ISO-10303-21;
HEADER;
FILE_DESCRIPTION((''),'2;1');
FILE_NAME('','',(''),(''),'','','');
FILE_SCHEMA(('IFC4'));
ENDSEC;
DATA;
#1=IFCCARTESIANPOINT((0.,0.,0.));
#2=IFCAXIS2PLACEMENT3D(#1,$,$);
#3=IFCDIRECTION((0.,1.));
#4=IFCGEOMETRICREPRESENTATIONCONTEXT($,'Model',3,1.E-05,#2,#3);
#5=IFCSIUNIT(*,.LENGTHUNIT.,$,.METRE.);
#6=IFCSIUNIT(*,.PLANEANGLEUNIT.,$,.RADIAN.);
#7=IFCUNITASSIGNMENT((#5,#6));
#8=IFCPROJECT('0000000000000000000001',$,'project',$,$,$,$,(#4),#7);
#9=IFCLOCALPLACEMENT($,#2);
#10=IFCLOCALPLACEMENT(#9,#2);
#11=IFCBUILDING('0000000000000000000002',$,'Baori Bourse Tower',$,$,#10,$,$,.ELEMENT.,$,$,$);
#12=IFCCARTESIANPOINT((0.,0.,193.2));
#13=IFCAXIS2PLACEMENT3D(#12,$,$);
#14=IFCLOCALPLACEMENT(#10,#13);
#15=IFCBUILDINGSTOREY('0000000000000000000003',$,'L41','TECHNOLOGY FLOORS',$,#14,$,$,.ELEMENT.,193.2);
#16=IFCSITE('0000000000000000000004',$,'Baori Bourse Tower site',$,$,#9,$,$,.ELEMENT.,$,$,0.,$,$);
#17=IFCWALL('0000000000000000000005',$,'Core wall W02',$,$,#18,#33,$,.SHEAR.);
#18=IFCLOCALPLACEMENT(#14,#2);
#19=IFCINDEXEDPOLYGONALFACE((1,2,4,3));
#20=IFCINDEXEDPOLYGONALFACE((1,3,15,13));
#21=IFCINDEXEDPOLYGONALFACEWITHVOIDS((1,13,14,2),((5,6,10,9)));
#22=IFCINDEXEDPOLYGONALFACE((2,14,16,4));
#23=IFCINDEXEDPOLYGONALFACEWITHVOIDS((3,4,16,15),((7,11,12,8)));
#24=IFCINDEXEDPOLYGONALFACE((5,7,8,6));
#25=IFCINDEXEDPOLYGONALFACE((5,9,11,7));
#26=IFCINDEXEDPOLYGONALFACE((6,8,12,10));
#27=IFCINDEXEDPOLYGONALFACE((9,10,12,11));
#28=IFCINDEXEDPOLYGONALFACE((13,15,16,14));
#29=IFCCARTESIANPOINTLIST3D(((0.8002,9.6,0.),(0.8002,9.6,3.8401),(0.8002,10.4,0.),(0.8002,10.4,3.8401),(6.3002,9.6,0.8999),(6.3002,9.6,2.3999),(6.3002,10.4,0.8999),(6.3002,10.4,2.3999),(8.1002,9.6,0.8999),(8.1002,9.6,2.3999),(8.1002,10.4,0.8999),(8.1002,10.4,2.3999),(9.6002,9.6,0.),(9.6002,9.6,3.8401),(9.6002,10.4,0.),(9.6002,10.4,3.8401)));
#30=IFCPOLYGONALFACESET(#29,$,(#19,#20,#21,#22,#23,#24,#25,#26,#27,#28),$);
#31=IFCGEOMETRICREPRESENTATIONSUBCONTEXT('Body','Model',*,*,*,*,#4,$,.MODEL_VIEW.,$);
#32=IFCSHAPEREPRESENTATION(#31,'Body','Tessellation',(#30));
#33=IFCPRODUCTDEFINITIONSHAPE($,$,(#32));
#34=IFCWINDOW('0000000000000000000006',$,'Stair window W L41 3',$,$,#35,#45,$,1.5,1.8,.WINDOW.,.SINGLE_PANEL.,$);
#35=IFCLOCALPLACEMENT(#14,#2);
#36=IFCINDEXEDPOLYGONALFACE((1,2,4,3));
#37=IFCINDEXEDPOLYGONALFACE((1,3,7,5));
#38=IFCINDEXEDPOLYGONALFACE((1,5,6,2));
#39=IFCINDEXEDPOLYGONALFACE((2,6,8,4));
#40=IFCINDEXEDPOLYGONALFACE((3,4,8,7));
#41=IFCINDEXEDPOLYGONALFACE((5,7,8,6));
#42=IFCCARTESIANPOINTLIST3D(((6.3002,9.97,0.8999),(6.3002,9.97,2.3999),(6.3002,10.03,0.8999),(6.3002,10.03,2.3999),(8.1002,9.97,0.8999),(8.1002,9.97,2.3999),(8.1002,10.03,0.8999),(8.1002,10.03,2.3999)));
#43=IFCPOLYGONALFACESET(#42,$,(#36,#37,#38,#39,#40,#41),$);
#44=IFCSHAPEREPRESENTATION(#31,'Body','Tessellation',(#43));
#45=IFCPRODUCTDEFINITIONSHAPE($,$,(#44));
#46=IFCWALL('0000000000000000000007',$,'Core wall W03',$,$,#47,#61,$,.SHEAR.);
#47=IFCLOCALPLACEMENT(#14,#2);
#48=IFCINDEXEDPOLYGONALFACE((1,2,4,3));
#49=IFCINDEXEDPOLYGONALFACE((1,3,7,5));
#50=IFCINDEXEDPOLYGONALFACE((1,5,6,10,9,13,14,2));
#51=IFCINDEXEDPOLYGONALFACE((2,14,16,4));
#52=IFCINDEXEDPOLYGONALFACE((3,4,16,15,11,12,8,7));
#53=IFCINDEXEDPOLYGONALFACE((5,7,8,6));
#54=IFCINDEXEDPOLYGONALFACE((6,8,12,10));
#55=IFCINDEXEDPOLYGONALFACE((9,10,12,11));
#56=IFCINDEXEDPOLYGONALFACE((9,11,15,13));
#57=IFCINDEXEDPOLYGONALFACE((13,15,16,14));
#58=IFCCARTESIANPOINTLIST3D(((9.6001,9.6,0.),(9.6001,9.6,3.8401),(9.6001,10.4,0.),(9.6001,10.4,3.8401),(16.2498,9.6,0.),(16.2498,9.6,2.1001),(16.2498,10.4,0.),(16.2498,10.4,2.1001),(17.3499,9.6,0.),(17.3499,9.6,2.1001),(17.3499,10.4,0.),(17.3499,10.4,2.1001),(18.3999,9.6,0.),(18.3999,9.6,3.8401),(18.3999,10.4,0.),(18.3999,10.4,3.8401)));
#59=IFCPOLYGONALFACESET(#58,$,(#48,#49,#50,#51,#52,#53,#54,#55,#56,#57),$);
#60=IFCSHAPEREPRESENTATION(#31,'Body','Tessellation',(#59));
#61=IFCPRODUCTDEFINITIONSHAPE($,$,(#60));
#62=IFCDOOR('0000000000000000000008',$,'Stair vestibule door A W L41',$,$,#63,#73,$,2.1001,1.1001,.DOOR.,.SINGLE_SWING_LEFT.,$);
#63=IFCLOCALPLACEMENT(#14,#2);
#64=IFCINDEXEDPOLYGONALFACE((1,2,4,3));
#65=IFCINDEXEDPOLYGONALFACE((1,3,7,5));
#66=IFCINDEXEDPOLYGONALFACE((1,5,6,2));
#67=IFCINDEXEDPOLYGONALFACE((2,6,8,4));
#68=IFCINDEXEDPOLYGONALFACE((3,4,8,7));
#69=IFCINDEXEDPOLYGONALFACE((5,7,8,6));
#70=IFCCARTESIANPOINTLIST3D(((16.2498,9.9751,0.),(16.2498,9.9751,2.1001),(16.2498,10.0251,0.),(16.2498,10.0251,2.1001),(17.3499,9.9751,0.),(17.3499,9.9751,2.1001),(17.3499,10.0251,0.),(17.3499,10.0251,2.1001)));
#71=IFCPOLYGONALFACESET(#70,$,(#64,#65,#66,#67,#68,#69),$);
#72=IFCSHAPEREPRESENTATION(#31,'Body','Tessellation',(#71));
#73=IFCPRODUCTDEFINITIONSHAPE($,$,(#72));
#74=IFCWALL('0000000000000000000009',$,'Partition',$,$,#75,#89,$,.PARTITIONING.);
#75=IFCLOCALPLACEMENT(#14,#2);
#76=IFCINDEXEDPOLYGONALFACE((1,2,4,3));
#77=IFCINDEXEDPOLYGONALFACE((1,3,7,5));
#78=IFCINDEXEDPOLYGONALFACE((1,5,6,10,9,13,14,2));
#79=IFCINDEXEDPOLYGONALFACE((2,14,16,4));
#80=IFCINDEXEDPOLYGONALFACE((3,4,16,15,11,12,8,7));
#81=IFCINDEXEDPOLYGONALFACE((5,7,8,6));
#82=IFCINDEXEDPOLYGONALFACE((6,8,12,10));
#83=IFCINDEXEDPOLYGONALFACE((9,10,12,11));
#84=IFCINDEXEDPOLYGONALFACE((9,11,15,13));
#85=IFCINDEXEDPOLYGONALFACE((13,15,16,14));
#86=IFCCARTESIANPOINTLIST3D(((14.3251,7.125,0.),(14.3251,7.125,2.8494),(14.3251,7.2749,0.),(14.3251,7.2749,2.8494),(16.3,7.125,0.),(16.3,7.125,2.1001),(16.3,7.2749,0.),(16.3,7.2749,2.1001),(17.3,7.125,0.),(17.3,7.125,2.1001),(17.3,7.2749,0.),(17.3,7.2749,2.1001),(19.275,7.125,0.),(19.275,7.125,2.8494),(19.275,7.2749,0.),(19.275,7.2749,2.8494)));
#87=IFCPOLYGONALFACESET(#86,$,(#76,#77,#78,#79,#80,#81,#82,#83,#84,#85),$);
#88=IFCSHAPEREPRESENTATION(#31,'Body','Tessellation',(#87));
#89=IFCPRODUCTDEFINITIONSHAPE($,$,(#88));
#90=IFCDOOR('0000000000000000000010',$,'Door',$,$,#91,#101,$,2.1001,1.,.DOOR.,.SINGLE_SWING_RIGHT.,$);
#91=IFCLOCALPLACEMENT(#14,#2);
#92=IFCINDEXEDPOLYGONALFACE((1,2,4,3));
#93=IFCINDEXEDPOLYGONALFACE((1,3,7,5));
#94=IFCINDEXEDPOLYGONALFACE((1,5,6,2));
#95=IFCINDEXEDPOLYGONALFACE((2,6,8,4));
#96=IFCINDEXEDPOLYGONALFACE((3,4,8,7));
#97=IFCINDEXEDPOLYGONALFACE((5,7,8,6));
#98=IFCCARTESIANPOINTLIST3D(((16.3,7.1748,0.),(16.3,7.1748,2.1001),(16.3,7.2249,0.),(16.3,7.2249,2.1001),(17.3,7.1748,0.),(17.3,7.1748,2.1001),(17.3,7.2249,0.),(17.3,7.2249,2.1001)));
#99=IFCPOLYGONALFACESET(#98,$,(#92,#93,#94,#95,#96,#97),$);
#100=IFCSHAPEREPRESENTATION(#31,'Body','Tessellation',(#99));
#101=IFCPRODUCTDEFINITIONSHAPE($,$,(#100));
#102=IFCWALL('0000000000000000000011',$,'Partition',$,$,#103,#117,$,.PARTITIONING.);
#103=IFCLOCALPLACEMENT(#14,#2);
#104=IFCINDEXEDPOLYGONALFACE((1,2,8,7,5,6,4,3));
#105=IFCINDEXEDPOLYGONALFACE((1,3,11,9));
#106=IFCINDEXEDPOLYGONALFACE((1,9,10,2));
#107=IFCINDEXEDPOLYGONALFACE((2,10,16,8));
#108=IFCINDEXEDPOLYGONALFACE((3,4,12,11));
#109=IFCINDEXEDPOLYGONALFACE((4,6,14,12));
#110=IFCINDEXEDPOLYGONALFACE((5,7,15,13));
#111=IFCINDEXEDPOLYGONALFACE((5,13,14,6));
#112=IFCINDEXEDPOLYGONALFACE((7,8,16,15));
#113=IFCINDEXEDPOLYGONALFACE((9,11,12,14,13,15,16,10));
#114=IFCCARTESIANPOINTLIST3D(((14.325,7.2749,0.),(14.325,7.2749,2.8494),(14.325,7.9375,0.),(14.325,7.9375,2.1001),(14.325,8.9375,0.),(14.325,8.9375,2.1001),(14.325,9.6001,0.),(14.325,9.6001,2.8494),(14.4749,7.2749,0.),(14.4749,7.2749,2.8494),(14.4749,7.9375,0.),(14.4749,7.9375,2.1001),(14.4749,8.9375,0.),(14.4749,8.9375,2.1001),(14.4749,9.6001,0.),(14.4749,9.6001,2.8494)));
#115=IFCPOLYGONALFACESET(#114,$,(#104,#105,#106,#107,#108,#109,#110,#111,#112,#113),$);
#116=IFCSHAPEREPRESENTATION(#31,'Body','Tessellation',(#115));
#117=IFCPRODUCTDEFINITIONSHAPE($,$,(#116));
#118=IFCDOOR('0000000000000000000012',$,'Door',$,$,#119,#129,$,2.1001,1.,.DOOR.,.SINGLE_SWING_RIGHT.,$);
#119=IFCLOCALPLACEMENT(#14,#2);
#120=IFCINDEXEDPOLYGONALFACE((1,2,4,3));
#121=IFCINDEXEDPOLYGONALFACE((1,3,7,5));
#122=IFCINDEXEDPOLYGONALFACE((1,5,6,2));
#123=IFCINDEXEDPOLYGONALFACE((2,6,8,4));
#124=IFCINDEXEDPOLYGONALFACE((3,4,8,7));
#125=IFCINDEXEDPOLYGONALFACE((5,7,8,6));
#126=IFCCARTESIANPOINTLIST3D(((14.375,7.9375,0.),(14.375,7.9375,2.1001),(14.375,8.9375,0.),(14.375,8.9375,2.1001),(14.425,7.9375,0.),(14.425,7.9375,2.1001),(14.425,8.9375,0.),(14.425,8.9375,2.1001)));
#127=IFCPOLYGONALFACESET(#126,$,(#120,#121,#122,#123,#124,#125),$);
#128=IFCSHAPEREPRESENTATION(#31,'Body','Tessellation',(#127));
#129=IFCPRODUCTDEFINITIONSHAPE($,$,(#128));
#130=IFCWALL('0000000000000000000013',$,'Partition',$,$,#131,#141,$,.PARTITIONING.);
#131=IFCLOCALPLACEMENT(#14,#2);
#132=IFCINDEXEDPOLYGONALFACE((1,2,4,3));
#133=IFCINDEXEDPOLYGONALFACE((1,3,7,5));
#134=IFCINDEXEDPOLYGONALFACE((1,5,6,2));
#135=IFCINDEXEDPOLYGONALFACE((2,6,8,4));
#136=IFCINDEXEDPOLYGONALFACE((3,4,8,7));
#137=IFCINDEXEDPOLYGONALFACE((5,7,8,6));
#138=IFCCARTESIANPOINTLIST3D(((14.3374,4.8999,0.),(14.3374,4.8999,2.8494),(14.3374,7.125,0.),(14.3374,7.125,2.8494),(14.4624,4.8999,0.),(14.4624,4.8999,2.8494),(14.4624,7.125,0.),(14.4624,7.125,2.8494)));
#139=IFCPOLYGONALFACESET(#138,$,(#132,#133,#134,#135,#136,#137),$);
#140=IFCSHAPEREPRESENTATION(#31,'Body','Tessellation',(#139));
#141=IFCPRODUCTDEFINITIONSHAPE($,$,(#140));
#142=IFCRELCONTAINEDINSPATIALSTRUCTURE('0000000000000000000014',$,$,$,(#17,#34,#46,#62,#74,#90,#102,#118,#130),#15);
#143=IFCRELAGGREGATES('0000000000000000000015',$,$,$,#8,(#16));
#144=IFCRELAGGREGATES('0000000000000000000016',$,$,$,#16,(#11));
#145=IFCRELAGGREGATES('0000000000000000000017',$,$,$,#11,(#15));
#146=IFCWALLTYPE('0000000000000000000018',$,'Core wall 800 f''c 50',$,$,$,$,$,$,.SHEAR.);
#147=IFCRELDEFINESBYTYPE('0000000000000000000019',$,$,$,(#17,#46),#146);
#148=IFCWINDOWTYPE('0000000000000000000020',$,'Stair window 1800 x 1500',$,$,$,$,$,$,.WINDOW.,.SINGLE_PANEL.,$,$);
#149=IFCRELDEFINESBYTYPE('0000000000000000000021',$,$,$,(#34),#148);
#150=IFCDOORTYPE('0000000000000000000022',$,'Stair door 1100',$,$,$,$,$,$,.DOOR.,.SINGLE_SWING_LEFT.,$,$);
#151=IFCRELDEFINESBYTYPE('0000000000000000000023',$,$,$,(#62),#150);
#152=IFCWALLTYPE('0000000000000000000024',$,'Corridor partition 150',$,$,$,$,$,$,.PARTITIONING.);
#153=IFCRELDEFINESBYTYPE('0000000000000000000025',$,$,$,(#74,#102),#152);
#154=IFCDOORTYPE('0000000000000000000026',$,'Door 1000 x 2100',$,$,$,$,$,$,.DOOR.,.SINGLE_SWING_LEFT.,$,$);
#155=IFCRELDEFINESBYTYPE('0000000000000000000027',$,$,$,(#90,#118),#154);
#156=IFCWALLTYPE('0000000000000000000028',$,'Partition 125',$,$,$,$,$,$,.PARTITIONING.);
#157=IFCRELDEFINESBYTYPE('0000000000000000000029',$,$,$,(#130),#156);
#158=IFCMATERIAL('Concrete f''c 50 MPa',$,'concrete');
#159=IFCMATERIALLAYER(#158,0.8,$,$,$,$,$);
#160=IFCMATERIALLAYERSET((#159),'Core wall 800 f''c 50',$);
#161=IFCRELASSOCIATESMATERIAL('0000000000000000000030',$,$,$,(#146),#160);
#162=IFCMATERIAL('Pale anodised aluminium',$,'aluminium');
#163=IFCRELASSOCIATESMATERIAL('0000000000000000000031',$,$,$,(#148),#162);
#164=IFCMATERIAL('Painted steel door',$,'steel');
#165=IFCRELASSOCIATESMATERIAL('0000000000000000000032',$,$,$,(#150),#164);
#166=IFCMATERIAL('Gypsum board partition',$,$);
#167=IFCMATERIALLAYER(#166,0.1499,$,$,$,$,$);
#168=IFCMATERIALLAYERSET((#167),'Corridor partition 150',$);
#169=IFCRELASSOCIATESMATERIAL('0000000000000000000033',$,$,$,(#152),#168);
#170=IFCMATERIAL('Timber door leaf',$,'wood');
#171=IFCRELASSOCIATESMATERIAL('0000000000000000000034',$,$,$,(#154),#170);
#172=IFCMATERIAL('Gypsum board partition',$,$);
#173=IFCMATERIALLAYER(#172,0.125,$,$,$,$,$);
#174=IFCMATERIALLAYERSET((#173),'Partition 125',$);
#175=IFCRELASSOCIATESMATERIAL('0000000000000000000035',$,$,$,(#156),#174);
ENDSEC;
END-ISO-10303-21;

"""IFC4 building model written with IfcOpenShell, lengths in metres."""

from ifc_helpers import new_model, si_unit, direction, frame, frame_2d, origin, place, context, subcontext, project, spatial, rectangle, extrude, material, layer, layer_set, type_object, element, fill, save


model = new_model("IFC4")

# Units and contexts
model_context = context("Model", 3, precision=1e-05, world=origin(), true_north=direction((0.0, 1.0)))
body_context = subcontext(model_context, "Body", "Model", "MODEL_VIEW")
ifc_project = project(units=[si_unit("LENGTHUNIT", "METRE"), si_unit("PLANEANGLEUNIT", "RADIAN")], contexts=[model_context])

# Site, building, storey
site_placement = place(None, origin())
site = spatial("IfcSite", under=ifc_project, at=site_placement, Name="Baori Bourse Tower site", CompositionType="ELEMENT", RefElevation=0.0)
building_placement = place(site_placement, origin())
building = spatial("IfcBuilding", under=site, at=building_placement, Name="Baori Bourse Tower", CompositionType="ELEMENT")
storey_placement = place(building_placement, frame((0.0, 0.0, 193.2)))
storey = spatial("IfcBuildingStorey", under=building, at=storey_placement, Name="L41", Description="TECHNOLOGY FLOORS", CompositionType="ELEMENT", Elevation=193.2)

# Wall, opening, window
ifc_material_1 = material(Name="Concrete f'c 50 MPa", Category="concrete")
ifc_layer_1 = layer(ifc_material_1, 0.8)
ifc_layer_set_1 = layer_set([ifc_layer_1], Name="Core wall 800 f'c 50")
wall_type_1 = type_object("IfcWallType", Name="Core wall 800 f'c 50", PredefinedType="SHEAR", material=ifc_layer_set_1)
wall_1_placement = place(storey_placement, frame((9.6001, 10.0, 0.0), z_axis=(0.0, 0.0, 1.0), x_axis=(-1.0, 0.0, 0.0)))
wall_1 = element("IfcWall", 1, at=wall_1_placement, inside=storey, type_object=wall_type_1, Name="Core wall W02", PredefinedType="SHEAR", context=body_context, shape_type="SweptSolid", body=[
    extrude(rectangle(XDim=8.8, YDim=0.8, at=frame_2d((4.3999, 0.0))), origin(), (0.0, 0.0, 1.0), 3.8401),
])
opening_1_placement = place(wall_1_placement, frame((1.5, 0.0, 0.8999)))
opening_1 = element("IfcOpeningElement", 2, at=opening_1_placement, cuts=wall_1, PredefinedType="OPENING", context=body_context, shape_type="SweptSolid", body=[
    extrude(rectangle(XDim=1.8, YDim=1.5, at=frame_2d((0.8999, 0.75))), frame((0.0, 0.4099, 0.0), z_axis=(0.0, -1.0, 0.0), x_axis=(1.0, 0.0, 0.0)), (0.0, 0.0, 1.0), 0.8201),
])
ifc_material_2 = material(Name="Pale anodised aluminium", Category="aluminium")
window_type = type_object("IfcWindowType", Name="Stair window 1800 x 1500", PartitioningType="SINGLE_PANEL", PredefinedType="WINDOW", material=ifc_material_2)
window_placement = place(opening_1_placement, origin())
window = element("IfcWindow", 3, at=window_placement, inside=storey, type_object=window_type, Name="Stair window W L41 3", OverallHeight=1.5, OverallWidth=1.8, PartitioningType="SINGLE_PANEL", PredefinedType="WINDOW", context=body_context, shape_type="SweptSolid", body=[
    extrude(rectangle(XDim=1.8, YDim=1.5, at=frame_2d((0.8999, 0.75))), frame((0.0, 0.03, 0.0), z_axis=(0.0, -1.0, 0.0), x_axis=(1.0, 0.0, 0.0)), (0.0, 0.0, 1.0), 0.0601),
])
fill(opening_1, window)

# Walls, openings, doors
wall_2_placement = place(storey_placement, frame((18.3999, 10.0, 0.0), z_axis=(0.0, 0.0, 1.0), x_axis=(-1.0, 0.0, 0.0)))
wall_2 = element("IfcWall", 4, at=wall_2_placement, inside=storey, type_object=wall_type_1, Name="Core wall W03", PredefinedType="SHEAR", context=body_context, shape_type="SweptSolid", body=[
    extrude(rectangle(XDim=8.7998, YDim=0.8, at=frame_2d((4.3999, 0.0))), origin(), (0.0, 0.0, 1.0), 3.8401),
])
opening_2_placement = place(wall_2_placement, frame((1.05, 0.0, 0.0)))
opening_2 = element("IfcOpeningElement", 5, at=opening_2_placement, cuts=wall_2, PredefinedType="OPENING", context=body_context, shape_type="SweptSolid", body=[
    extrude(rectangle(XDim=1.1001, YDim=2.1001, at=frame_2d((0.55, 1.05))), frame((0.0, 0.4099, 0.0), z_axis=(0.0, -1.0, 0.0), x_axis=(1.0, 0.0, 0.0)), (0.0, 0.0, 1.0), 0.8201),
])
ifc_material_3 = material(Name="Painted steel door", Category="steel")
door_type_1 = type_object("IfcDoorType", Name="Stair door 1100", OperationType="SINGLE_SWING_LEFT", PredefinedType="DOOR", material=ifc_material_3)
door_1_placement = place(opening_2_placement, origin())
door_1 = element("IfcDoor", 6, at=door_1_placement, inside=storey, type_object=door_type_1, Name="Stair vestibule door A W L41", OperationType="SINGLE_SWING_LEFT", OverallHeight=2.1001, OverallWidth=1.1001, PredefinedType="DOOR", context=body_context, shape_type="SweptSolid", body=[
    extrude(rectangle(XDim=1.1001, YDim=2.1001, at=frame_2d((0.55, 1.05))), frame((0.0, 0.0249, 0.0), z_axis=(0.0, -1.0, 0.0), x_axis=(1.0, 0.0, 0.0)), (0.0, 0.0, 1.0), 0.05),
])
fill(opening_2, door_1)
ifc_material_4 = material(Name="Gypsum board partition")
ifc_layer_2 = layer(ifc_material_4, 0.1499)
ifc_layer_set_2 = layer_set([ifc_layer_2], Name="Corridor partition 150")
wall_type_2 = type_object("IfcWallType", Name="Corridor partition 150", PredefinedType="PARTITIONING", material=ifc_layer_set_2)
wall_3_placement = place(storey_placement, frame((14.325, 7.2, 0.0), z_axis=(0.0, 0.0, 1.0), x_axis=(1.0, 0.0, 0.0)))
wall_3 = element("IfcWall", 7, at=wall_3_placement, inside=storey, type_object=wall_type_2, Name="Partition", PredefinedType="PARTITIONING", context=body_context, shape_type="SweptSolid", body=[
    extrude(rectangle(XDim=4.95, YDim=0.1499, at=frame_2d((2.4751, 0.0))), origin(), (0.0, 0.0, 1.0), 2.8494),
])
opening_3_placement = place(wall_3_placement, frame((1.9751, 0.0, 0.0)))
opening_3 = element("IfcOpeningElement", 8, at=opening_3_placement, cuts=wall_3, PredefinedType="OPENING", context=body_context, shape_type="SweptSolid", body=[
    extrude(rectangle(XDim=1.0, YDim=2.1001, at=frame_2d((0.5, 1.05))), frame((0.0, 0.085, 0.0), z_axis=(0.0, -1.0, 0.0), x_axis=(1.0, 0.0, 0.0)), (0.0, 0.0, 1.0), 0.1699),
])
ifc_material_5 = material(Name="Timber door leaf", Category="wood")
door_type_2 = type_object("IfcDoorType", Name="Door 1000 x 2100", OperationType="SINGLE_SWING_LEFT", PredefinedType="DOOR", material=ifc_material_5)
door_2_placement = place(opening_3_placement, origin())
door_2 = element("IfcDoor", 9, at=door_2_placement, inside=storey, type_object=door_type_2, Name="Door", OperationType="SINGLE_SWING_RIGHT", OverallHeight=2.1001, OverallWidth=1.0, PredefinedType="DOOR", context=body_context, shape_type="SweptSolid", body=[
    extrude(rectangle(XDim=1.0, YDim=2.1001, at=frame_2d((0.5, 1.05))), frame((0.0, 0.0249, 0.0), z_axis=(0.0, -1.0, 0.0), x_axis=(1.0, 0.0, 0.0)), (0.0, 0.0, 1.0), 0.05),
])
fill(opening_3, door_2)
wall_4_placement = place(storey_placement, frame((14.3999, 7.2749, 0.0), z_axis=(0.0, 0.0, 1.0), x_axis=(0.0, 1.0, 0.0)))
wall_4 = element("IfcWall", 10, at=wall_4_placement, inside=storey, type_object=wall_type_2, Name="Partition", PredefinedType="PARTITIONING", context=body_context, shape_type="SweptSolid", body=[
    extrude(rectangle(XDim=2.3252, YDim=0.1499, at=frame_2d((1.1626, 0.0))), origin(), (0.0, 0.0, 1.0), 2.8494),
])
opening_4_placement = place(wall_4_placement, frame((0.6626, 0.0, 0.0)))
opening_4 = element("IfcOpeningElement", 11, at=opening_4_placement, cuts=wall_4, PredefinedType="OPENING", context=body_context, shape_type="SweptSolid", body=[
    extrude(rectangle(XDim=1.0, YDim=2.1001, at=frame_2d((0.5, 1.05))), frame((0.0, 0.085, 0.0), z_axis=(0.0, -1.0, 0.0), x_axis=(1.0, 0.0, 0.0)), (0.0, 0.0, 1.0), 0.1699),
])
door_3_placement = place(opening_4_placement, origin())
door_3 = element("IfcDoor", 12, at=door_3_placement, inside=storey, type_object=door_type_2, Name="Door", OperationType="SINGLE_SWING_RIGHT", OverallHeight=2.1001, OverallWidth=1.0, PredefinedType="DOOR", context=body_context, shape_type="SweptSolid", body=[
    extrude(rectangle(XDim=1.0, YDim=2.1001, at=frame_2d((0.5, 1.05))), frame((0.0, 0.0249, 0.0), z_axis=(0.0, -1.0, 0.0), x_axis=(1.0, 0.0, 0.0)), (0.0, 0.0, 1.0), 0.05),
])
fill(opening_4, door_3)

# Wall
ifc_material_6 = material(Name="Gypsum board partition")
ifc_layer_3 = layer(ifc_material_6, 0.125)
ifc_layer_set_3 = layer_set([ifc_layer_3], Name="Partition 125")
wall_type_3 = type_object("IfcWallType", Name="Partition 125", PredefinedType="PARTITIONING", material=ifc_layer_set_3)
wall_5_placement = place(storey_placement, frame((14.3999, 4.8999, 0.0), z_axis=(0.0, 0.0, 1.0), x_axis=(0.0, 1.0, 0.0)))
element("IfcWall", 13, at=wall_5_placement, inside=storey, type_object=wall_type_3, Name="Partition", PredefinedType="PARTITIONING", context=body_context, shape_type="SweptSolid", body=[
    extrude(rectangle(XDim=2.2251, YDim=0.125, at=frame_2d((1.1125, 0.0))), origin(), (0.0, 0.0, 1.0), 2.8494),
])

save(model, "model.ifc")
